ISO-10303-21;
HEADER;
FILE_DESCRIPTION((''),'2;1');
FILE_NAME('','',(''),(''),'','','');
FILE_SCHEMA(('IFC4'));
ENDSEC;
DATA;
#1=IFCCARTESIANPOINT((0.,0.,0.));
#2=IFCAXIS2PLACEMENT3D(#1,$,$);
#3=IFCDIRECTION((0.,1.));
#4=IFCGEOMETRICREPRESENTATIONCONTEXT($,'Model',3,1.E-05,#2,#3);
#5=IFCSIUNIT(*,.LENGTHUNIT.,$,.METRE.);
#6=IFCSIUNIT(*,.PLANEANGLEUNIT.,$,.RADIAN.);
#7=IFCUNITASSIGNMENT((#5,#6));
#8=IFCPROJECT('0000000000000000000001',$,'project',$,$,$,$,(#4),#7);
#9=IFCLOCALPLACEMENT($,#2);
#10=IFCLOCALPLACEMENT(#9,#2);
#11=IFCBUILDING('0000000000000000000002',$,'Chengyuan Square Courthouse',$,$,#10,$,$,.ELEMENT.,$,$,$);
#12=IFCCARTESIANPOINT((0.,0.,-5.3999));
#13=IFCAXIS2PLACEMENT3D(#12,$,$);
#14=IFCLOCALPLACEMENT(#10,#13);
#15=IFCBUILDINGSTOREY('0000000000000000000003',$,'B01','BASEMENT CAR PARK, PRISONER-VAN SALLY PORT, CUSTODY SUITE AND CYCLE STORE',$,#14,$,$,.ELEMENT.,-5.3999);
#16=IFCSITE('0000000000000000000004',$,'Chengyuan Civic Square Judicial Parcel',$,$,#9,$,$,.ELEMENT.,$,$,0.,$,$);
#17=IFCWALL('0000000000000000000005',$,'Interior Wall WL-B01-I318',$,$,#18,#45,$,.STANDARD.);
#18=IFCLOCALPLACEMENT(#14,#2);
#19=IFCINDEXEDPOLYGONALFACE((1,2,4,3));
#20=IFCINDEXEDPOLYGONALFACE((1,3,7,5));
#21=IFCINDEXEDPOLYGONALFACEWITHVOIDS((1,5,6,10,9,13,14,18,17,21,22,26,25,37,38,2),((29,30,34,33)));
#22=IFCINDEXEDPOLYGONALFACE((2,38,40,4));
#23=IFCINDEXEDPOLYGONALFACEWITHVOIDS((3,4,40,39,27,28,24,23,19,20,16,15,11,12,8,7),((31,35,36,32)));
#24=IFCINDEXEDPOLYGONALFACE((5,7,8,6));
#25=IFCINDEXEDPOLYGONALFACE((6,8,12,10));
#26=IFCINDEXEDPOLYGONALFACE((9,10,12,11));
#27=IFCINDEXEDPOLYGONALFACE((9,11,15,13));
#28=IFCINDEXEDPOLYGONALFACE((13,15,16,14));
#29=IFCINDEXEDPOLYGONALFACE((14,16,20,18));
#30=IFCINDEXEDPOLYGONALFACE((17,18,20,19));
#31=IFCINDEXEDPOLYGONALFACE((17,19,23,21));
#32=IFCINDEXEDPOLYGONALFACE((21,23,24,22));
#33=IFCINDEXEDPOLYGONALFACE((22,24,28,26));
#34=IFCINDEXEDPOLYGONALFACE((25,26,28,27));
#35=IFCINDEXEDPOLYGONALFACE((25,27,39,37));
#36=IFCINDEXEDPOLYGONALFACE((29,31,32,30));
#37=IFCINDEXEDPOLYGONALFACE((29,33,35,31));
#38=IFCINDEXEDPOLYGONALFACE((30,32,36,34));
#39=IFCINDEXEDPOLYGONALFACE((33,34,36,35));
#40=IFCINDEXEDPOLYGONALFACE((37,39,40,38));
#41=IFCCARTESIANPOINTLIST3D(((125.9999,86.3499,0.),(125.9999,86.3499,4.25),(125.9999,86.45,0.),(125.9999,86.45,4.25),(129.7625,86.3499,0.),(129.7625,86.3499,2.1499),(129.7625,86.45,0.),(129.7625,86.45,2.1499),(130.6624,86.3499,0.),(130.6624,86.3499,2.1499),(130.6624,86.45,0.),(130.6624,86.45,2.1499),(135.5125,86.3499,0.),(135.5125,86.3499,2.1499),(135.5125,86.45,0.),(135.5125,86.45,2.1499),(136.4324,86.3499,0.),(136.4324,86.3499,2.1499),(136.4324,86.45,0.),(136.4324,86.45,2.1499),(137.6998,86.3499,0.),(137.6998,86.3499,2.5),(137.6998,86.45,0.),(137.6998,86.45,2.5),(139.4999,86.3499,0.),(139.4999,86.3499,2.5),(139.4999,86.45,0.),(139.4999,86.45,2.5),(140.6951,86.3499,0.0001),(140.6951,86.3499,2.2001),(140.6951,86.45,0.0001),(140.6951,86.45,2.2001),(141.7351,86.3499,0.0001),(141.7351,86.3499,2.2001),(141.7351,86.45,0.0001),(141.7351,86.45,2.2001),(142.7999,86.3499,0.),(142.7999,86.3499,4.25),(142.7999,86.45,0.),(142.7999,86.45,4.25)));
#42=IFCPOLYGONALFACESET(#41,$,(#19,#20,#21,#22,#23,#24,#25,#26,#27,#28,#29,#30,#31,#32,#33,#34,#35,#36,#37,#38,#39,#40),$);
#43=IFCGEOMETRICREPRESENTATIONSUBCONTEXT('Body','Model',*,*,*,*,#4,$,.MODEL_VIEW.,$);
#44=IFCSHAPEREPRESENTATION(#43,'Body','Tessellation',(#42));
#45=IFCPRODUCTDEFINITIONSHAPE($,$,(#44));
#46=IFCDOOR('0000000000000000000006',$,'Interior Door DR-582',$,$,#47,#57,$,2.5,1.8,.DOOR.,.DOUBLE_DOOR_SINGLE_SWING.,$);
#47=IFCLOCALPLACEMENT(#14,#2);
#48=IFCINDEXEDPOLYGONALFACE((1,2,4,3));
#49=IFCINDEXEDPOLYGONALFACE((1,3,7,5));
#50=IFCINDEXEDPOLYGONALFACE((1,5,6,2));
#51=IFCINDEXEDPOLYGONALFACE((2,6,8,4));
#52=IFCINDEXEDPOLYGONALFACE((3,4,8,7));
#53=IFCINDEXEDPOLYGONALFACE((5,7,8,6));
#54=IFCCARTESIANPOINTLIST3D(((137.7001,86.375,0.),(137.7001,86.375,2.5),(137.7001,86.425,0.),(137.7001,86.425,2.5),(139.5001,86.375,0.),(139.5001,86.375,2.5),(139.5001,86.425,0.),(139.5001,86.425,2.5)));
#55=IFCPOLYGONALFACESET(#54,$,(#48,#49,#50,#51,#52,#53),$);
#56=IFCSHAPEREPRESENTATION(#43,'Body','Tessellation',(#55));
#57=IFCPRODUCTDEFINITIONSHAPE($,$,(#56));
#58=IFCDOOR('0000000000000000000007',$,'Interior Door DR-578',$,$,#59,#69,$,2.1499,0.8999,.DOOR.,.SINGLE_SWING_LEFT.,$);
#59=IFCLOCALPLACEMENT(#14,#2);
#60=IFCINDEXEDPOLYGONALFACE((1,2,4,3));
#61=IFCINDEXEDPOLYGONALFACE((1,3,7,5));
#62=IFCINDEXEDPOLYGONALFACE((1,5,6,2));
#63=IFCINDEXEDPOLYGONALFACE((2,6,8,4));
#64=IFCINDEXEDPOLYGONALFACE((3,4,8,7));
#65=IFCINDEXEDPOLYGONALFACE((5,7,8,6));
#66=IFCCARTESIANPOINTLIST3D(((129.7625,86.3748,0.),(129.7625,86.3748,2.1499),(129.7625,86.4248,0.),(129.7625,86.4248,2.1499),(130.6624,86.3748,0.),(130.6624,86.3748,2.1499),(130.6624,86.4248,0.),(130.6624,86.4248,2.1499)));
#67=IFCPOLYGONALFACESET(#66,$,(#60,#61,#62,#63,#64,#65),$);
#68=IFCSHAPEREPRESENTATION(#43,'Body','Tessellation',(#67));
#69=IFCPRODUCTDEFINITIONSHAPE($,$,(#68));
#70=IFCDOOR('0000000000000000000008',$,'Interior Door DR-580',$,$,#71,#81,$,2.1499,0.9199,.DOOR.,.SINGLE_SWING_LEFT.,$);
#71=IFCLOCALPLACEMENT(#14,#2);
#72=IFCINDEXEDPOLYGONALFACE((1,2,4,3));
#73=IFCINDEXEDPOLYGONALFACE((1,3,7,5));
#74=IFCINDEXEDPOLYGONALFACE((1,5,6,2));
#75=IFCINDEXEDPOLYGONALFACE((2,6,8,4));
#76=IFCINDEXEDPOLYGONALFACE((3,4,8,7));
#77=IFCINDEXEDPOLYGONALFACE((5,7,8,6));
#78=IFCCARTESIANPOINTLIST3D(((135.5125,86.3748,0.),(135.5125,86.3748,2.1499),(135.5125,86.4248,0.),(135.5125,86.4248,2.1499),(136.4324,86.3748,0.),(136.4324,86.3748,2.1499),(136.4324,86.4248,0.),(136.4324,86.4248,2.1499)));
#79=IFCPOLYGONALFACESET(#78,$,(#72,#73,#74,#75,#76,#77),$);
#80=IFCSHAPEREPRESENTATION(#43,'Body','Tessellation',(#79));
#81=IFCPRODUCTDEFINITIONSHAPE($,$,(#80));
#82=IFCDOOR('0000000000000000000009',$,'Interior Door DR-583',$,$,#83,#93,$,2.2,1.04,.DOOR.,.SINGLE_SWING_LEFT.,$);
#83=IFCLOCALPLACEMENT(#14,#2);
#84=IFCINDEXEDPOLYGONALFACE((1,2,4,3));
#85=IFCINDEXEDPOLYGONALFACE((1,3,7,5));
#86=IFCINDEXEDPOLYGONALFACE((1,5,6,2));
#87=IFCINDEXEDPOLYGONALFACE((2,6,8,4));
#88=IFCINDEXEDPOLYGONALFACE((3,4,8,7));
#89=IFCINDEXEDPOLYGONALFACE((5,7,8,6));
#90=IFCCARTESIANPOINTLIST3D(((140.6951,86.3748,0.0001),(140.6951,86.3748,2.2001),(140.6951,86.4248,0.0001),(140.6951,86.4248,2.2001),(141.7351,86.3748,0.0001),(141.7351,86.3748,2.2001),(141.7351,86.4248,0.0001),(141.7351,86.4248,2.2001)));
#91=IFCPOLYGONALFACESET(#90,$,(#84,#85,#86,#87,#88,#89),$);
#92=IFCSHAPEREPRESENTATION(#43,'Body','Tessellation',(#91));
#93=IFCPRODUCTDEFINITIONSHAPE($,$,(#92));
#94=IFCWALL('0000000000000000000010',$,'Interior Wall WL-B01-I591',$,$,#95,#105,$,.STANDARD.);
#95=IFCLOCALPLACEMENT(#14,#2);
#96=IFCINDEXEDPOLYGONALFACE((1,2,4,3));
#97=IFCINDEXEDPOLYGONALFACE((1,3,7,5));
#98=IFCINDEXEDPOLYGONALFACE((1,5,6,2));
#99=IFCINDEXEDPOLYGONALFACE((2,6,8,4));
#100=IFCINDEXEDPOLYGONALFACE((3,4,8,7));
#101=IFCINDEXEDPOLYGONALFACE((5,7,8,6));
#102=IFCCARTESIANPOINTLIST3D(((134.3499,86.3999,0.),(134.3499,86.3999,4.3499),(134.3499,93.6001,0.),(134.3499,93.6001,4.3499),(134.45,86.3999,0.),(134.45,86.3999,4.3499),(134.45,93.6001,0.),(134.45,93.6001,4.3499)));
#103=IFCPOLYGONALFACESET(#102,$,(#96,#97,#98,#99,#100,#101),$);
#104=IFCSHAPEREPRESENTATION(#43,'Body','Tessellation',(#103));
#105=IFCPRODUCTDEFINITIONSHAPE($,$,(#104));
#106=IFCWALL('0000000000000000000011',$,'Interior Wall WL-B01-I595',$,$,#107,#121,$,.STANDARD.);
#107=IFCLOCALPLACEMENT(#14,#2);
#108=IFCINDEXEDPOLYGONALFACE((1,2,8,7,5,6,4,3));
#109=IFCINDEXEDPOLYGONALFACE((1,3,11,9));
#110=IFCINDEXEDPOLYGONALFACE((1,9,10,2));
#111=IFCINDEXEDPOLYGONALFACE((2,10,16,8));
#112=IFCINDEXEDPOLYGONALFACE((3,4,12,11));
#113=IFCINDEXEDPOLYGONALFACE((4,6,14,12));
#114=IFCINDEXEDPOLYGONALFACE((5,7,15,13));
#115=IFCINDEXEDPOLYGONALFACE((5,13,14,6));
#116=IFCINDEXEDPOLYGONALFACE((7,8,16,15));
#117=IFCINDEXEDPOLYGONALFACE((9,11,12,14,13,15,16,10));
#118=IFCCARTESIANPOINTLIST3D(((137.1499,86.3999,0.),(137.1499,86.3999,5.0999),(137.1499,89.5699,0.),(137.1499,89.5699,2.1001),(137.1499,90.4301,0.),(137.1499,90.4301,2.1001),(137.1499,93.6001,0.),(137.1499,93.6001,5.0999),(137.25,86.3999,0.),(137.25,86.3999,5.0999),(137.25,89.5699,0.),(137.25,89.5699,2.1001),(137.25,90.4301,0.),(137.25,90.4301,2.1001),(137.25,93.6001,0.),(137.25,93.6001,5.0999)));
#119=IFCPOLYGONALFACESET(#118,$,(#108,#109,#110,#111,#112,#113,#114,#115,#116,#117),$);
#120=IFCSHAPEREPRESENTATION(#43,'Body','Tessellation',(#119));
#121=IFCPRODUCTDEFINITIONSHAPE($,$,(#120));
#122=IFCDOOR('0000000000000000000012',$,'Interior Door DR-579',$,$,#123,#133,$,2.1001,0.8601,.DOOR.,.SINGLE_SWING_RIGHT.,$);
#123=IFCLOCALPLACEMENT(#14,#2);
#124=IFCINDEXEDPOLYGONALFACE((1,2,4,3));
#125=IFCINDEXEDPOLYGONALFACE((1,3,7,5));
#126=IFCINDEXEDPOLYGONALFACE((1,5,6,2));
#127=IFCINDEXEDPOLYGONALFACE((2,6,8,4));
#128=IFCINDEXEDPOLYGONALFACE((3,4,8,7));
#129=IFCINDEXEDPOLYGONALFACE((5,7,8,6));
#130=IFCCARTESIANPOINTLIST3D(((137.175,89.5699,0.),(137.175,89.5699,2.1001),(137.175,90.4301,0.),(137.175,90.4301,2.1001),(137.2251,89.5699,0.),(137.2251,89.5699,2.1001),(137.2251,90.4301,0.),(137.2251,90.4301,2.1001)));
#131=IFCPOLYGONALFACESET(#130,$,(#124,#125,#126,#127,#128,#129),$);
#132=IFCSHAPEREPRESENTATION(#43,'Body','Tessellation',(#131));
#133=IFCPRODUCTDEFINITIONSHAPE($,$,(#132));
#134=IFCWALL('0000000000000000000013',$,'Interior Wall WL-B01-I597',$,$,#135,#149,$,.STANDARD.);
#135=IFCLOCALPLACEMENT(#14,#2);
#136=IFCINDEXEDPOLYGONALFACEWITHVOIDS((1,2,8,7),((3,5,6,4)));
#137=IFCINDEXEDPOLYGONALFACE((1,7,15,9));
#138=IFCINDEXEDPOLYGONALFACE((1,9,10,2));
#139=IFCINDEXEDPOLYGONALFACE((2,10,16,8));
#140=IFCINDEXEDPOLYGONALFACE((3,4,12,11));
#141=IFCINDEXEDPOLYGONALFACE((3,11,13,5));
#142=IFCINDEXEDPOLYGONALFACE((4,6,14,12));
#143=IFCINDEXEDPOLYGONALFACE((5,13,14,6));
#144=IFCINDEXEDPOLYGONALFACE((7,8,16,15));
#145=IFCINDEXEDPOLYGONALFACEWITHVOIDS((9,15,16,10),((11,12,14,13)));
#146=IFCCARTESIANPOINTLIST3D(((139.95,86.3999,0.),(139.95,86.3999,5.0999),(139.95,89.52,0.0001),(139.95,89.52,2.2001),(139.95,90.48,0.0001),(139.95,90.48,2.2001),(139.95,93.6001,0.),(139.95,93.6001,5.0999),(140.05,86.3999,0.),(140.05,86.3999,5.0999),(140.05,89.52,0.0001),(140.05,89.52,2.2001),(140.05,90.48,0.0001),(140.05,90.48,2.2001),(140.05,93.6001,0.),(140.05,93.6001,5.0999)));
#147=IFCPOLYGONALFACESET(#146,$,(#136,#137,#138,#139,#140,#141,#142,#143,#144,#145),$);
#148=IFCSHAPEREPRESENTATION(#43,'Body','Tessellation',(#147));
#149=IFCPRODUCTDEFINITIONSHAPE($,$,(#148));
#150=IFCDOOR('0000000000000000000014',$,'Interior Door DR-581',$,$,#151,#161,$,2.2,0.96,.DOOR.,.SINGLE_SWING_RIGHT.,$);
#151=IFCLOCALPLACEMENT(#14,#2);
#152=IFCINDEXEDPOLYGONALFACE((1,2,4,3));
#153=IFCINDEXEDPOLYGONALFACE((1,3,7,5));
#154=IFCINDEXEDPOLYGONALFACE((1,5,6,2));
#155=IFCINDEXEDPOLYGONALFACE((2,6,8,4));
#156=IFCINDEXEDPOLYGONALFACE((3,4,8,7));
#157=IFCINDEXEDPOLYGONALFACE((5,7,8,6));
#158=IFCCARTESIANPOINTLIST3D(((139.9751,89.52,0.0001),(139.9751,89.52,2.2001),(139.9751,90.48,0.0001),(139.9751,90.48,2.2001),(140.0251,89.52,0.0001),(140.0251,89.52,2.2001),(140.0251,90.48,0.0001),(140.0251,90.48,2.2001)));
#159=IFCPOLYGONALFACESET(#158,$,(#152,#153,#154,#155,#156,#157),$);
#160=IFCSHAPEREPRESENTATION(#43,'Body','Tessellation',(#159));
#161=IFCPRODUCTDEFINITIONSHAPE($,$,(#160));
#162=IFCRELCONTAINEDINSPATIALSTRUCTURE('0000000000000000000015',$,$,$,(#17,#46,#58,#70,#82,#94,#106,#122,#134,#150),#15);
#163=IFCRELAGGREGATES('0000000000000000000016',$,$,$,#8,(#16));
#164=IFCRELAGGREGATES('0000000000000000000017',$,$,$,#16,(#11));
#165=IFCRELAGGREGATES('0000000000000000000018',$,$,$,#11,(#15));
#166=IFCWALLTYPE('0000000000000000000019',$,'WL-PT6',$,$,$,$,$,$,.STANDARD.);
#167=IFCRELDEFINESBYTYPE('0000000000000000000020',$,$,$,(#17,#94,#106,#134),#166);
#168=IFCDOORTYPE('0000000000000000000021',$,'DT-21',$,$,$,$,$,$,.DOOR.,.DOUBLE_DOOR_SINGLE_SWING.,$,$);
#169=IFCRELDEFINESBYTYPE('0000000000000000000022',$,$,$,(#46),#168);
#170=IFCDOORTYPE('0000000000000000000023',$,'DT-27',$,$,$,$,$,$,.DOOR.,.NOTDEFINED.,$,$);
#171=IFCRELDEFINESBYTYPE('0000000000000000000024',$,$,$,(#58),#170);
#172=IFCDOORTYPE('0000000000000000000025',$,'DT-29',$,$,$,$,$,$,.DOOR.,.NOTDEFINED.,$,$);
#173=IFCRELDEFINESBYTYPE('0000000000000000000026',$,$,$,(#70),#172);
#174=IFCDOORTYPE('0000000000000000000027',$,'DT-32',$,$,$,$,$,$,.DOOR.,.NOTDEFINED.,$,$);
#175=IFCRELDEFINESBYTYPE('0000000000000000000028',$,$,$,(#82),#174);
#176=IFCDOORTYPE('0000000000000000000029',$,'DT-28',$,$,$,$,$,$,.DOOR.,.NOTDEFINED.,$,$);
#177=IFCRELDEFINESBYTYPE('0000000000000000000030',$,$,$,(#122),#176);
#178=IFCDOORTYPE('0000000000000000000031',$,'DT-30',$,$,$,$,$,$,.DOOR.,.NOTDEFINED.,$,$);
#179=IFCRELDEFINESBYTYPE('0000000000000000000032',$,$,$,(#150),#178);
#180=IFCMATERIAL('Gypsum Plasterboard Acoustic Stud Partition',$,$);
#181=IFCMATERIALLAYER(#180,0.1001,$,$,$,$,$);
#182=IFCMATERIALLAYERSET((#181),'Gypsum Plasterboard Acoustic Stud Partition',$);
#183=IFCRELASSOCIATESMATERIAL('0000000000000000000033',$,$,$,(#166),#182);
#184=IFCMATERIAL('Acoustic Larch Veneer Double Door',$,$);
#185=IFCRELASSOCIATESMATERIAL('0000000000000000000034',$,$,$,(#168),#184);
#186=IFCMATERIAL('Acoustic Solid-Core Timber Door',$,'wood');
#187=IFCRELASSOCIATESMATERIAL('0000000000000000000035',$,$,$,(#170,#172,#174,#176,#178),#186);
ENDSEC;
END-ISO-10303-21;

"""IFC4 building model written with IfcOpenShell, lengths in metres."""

from ifc_helpers import new_model, si_unit, direction, frame, frame_2d, origin, place, context, subcontext, project, spatial, rectangle, extrude, material, layer, layer_set, type_object, element, fill, save


model = new_model("IFC4")

# Units and contexts
model_context = context("Model", 3, precision=1e-05, world=origin(), true_north=direction((0.0, 1.0)))
body_context = subcontext(model_context, "Body", "Model", "MODEL_VIEW")
ifc_project = project(units=[si_unit("LENGTHUNIT", "METRE"), si_unit("PLANEANGLEUNIT", "RADIAN")], contexts=[model_context])

# Site, building, storey
site_placement = place(None, origin())
site = spatial("IfcSite", under=ifc_project, at=site_placement, Name="Chengyuan Civic Square Judicial Parcel", CompositionType="ELEMENT", RefElevation=0.0)
building_placement = place(site_placement, origin())
building = spatial("IfcBuilding", under=site, at=building_placement, Name="Chengyuan Square Courthouse", CompositionType="ELEMENT")
storey_placement = place(building_placement, frame((0.0, 0.0, -5.3999)))
storey = spatial("IfcBuildingStorey", under=building, at=storey_placement, Name="B01", Description="BASEMENT CAR PARK, PRISONER-VAN SALLY PORT, CUSTODY SUITE AND CYCLE STORE", CompositionType="ELEMENT", Elevation=-5.3999)

# Wall, openings, doors
ifc_material_1 = material(Name="Gypsum Plasterboard Acoustic Stud Partition")
ifc_layer_1 = layer(ifc_material_1, 0.1001)
ifc_layer_set_1 = layer_set([ifc_layer_1], Name="Gypsum Plasterboard Acoustic Stud Partition")
wall_type_1 = type_object("IfcWallType", Name="WL-PT6", PredefinedType="STANDARD", material=ifc_layer_set_1)
wall_1_placement = place(storey_placement, frame((126.0, 86.3999, 0.0), z_axis=(0.0, 0.0, 1.0), x_axis=(1.0, 0.0, 0.0)))
wall_1 = element("IfcWall", 1, at=wall_1_placement, inside=storey, type_object=wall_type_1, Name="Interior Wall WL-B01-I318", PredefinedType="STANDARD", context=body_context, shape_type="SweptSolid", body=[
    extrude(rectangle(XDim=16.8, YDim=0.1001, at=frame_2d((8.3999, 0.0))), origin(), (0.0, 0.0, 1.0), 4.25),
])
opening_1_placement = place(wall_1_placement, frame((3.7625, 0.0, 0.0)))
opening_1 = element("IfcOpeningElement", 2, at=opening_1_placement, cuts=wall_1, PredefinedType="OPENING", context=body_context, shape_type="SweptSolid", body=[
    extrude(rectangle(XDim=0.8999, YDim=2.1499, at=frame_2d((0.45, 1.075))), frame((0.0, 0.062, 0.0), z_axis=(0.0, -1.0, 0.0), x_axis=(1.0, 0.0, 0.0)), (0.0, 0.0, 1.0), 0.124),
])
opening_2_placement = place(wall_1_placement, frame((9.5125, 0.0, 0.0)))
opening_2 = element("IfcOpeningElement", 3, at=opening_2_placement, cuts=wall_1, PredefinedType="OPENING", context=body_context, shape_type="SweptSolid", body=[
    extrude(rectangle(XDim=0.9199, YDim=2.1499, at=frame_2d((0.46, 1.075))), frame((0.0, 0.062, 0.0), z_axis=(0.0, -1.0, 0.0), x_axis=(1.0, 0.0, 0.0)), (0.0, 0.0, 1.0), 0.124),
])
opening_3_placement = place(wall_1_placement, frame((11.7, 0.0, 0.0)))
opening_3 = element("IfcOpeningElement", 4, at=opening_3_placement, cuts=wall_1, PredefinedType="OPENING", context=body_context, shape_type="SweptSolid", body=[
    extrude(rectangle(XDim=1.8, YDim=2.5, at=frame_2d((0.8999, 1.25))), frame((0.0, 0.062, 0.0), z_axis=(0.0, -1.0, 0.0), x_axis=(1.0, 0.0, 0.0)), (0.0, 0.0, 1.0), 0.124),
])
opening_4_placement = place(wall_1_placement, frame((14.6951, 0.0, 0.0)))
opening_4 = element("IfcOpeningElement", 5, at=opening_4_placement, cuts=wall_1, PredefinedType="OPENING", context=body_context, shape_type="SweptSolid", body=[
    extrude(rectangle(XDim=1.04, YDim=2.2, at=frame_2d((0.52, 1.1001))), frame((0.0, 0.062, 0.0), z_axis=(0.0, -1.0, 0.0), x_axis=(1.0, 0.0, 0.0)), (0.0, 0.0, 1.0), 0.124),
])
ifc_material_2 = material(Name="Acoustic Larch Veneer Double Door")
door_type_1 = type_object("IfcDoorType", Name="DT-21", OperationType="DOUBLE_DOOR_SINGLE_SWING", PredefinedType="DOOR", material=ifc_material_2)
door_1_placement = place(opening_3_placement, frame((1.8, 0.0, 0.0), z_axis=(0.0, 0.0, 1.0), x_axis=(-1.0, 0.0, 0.0)))
door_1 = element("IfcDoor", 6, at=door_1_placement, inside=storey, type_object=door_type_1, Name="Interior Door DR-582", OperationType="DOUBLE_DOOR_SINGLE_SWING", OverallHeight=2.5, OverallWidth=1.8, PredefinedType="DOOR", context=body_context, shape_type="SweptSolid", body=[
    extrude(rectangle(XDim=1.8, YDim=2.5, at=frame_2d((0.8999, 1.25))), frame((0.0, 0.0249, 0.0), z_axis=(0.0, -1.0, 0.0), x_axis=(1.0, 0.0, 0.0)), (0.0, 0.0, 1.0), 0.05),
])
fill(opening_3, door_1)
ifc_material_3 = material(Name="Acoustic Solid-Core Timber Door", Category="wood")
door_type_2 = type_object("IfcDoorType", Name="DT-27", OperationType="NOTDEFINED", PredefinedType="DOOR", material=ifc_material_3)
door_2_placement = place(opening_1_placement, origin())
door_2 = element("IfcDoor", 7, at=door_2_placement, inside=storey, type_object=door_type_2, Name="Interior Door DR-578", OperationType="SINGLE_SWING_LEFT", OverallHeight=2.1499, OverallWidth=0.8999, PredefinedType="DOOR", context=body_context, shape_type="SweptSolid", body=[
    extrude(rectangle(XDim=0.8999, YDim=2.1499, at=frame_2d((0.45, 1.075))), frame((0.0, 0.0249, 0.0), z_axis=(0.0, -1.0, 0.0), x_axis=(1.0, 0.0, 0.0)), (0.0, 0.0, 1.0), 0.05),
])
fill(opening_1, door_2)
door_type_3 = type_object("IfcDoorType", Name="DT-29", OperationType="NOTDEFINED", PredefinedType="DOOR", material=ifc_material_3)
door_3_placement = place(opening_2_placement, origin())
door_3 = element("IfcDoor", 8, at=door_3_placement, inside=storey, type_object=door_type_3, Name="Interior Door DR-580", OperationType="SINGLE_SWING_LEFT", OverallHeight=2.1499, OverallWidth=0.9199, PredefinedType="DOOR", context=body_context, shape_type="SweptSolid", body=[
    extrude(rectangle(XDim=0.9199, YDim=2.1499, at=frame_2d((0.46, 1.075))), frame((0.0, 0.0249, 0.0), z_axis=(0.0, -1.0, 0.0), x_axis=(1.0, 0.0, 0.0)), (0.0, 0.0, 1.0), 0.05),
])
fill(opening_2, door_3)
door_type_4 = type_object("IfcDoorType", Name="DT-32", OperationType="NOTDEFINED", PredefinedType="DOOR", material=ifc_material_3)
door_4_placement = place(opening_4_placement, origin())
door_4 = element("IfcDoor", 9, at=door_4_placement, inside=storey, type_object=door_type_4, Name="Interior Door DR-583", OperationType="SINGLE_SWING_LEFT", OverallHeight=2.2, OverallWidth=1.04, PredefinedType="DOOR", context=body_context, shape_type="SweptSolid", body=[
    extrude(rectangle(XDim=1.04, YDim=2.2, at=frame_2d((0.52, 1.1001))), frame((0.0, 0.0249, 0.0), z_axis=(0.0, -1.0, 0.0), x_axis=(1.0, 0.0, 0.0)), (0.0, 0.0, 1.0), 0.05),
])
fill(opening_4, door_4)

# Wall
wall_2_placement = place(storey_placement, frame((134.3999, 86.3999, 0.0), z_axis=(0.0, 0.0, 1.0), x_axis=(0.0, 1.0, 0.0)))
element("IfcWall", 10, at=wall_2_placement, inside=storey, type_object=wall_type_1, Name="Interior Wall WL-B01-I591", PredefinedType="STANDARD", context=body_context, shape_type="SweptSolid", body=[
    extrude(rectangle(XDim=7.2002, YDim=0.1001, at=frame_2d((3.6001, 0.0))), origin(), (0.0, 0.0, 1.0), 4.3499),
])

# Walls, openings, doors
wall_3_placement = place(storey_placement, frame((137.2, 86.3999, 0.0), z_axis=(0.0, 0.0, 1.0), x_axis=(0.0, 1.0, 0.0)))
wall_3 = element("IfcWall", 11, at=wall_3_placement, inside=storey, type_object=wall_type_1, Name="Interior Wall WL-B01-I595", PredefinedType="STANDARD", context=body_context, shape_type="SweptSolid", body=[
    extrude(rectangle(XDim=7.2002, YDim=0.1001, at=frame_2d((3.6001, 0.0))), origin(), (0.0, 0.0, 1.0), 5.0999),
])
opening_5_placement = place(wall_3_placement, frame((3.1699, 0.0, 0.0)))
opening_5 = element("IfcOpeningElement", 12, at=opening_5_placement, cuts=wall_3, PredefinedType="OPENING", context=body_context, shape_type="SweptSolid", body=[
    extrude(rectangle(XDim=0.8601, YDim=2.1001, at=frame_2d((0.4302, 1.05))), frame((0.0, 0.062, 0.0), z_axis=(0.0, -1.0, 0.0), x_axis=(1.0, 0.0, 0.0)), (0.0, 0.0, 1.0), 0.124),
])
door_type_5 = type_object("IfcDoorType", Name="DT-28", OperationType="NOTDEFINED", PredefinedType="DOOR", material=ifc_material_3)
door_5_placement = place(opening_5_placement, origin())
door_5 = element("IfcDoor", 13, at=door_5_placement, inside=storey, type_object=door_type_5, Name="Interior Door DR-579", OperationType="SINGLE_SWING_RIGHT", OverallHeight=2.1001, OverallWidth=0.8601, PredefinedType="DOOR", context=body_context, shape_type="SweptSolid", body=[
    extrude(rectangle(XDim=0.8601, YDim=2.1001, at=frame_2d((0.4302, 1.05))), frame((0.0, 0.0249, 0.0), z_axis=(0.0, -1.0, 0.0), x_axis=(1.0, 0.0, 0.0)), (0.0, 0.0, 1.0), 0.05),
])
fill(opening_5, door_5)
wall_4_placement = place(storey_placement, frame((140.0, 86.3999, 0.0), z_axis=(0.0, 0.0, 1.0), x_axis=(0.0, 1.0, 0.0)))
wall_4 = element("IfcWall", 14, at=wall_4_placement, inside=storey, type_object=wall_type_1, Name="Interior Wall WL-B01-I597", PredefinedType="STANDARD", context=body_context, shape_type="SweptSolid", body=[
    extrude(rectangle(XDim=7.2002, YDim=0.1001, at=frame_2d((3.6001, 0.0))), origin(), (0.0, 0.0, 1.0), 5.0999),
])
opening_6_placement = place(wall_4_placement, frame((3.1201, 0.0, 0.0)))
opening_6 = element("IfcOpeningElement", 15, at=opening_6_placement, cuts=wall_4, PredefinedType="OPENING", context=body_context, shape_type="SweptSolid", body=[
    extrude(rectangle(XDim=0.96, YDim=2.2, at=frame_2d((0.48, 1.1001))), frame((0.0, 0.062, 0.0), z_axis=(0.0, -1.0, 0.0), x_axis=(1.0, 0.0, 0.0)), (0.0, 0.0, 1.0), 0.124),
])
door_type_6 = type_object("IfcDoorType", Name="DT-30", OperationType="NOTDEFINED", PredefinedType="DOOR", material=ifc_material_3)
door_6_placement = place(opening_6_placement, origin())
door_6 = element("IfcDoor", 16, at=door_6_placement, inside=storey, type_object=door_type_6, Name="Interior Door DR-581", OperationType="SINGLE_SWING_RIGHT", OverallHeight=2.2, OverallWidth=0.96, PredefinedType="DOOR", context=body_context, shape_type="SweptSolid", body=[
    extrude(rectangle(XDim=0.96, YDim=2.2, at=frame_2d((0.48, 1.1001))), frame((0.0, 0.0249, 0.0), z_axis=(0.0, -1.0, 0.0), x_axis=(1.0, 0.0, 0.0)), (0.0, 0.0, 1.0), 0.05),
])
fill(opening_6, door_6)

save(model, "model.ifc")
